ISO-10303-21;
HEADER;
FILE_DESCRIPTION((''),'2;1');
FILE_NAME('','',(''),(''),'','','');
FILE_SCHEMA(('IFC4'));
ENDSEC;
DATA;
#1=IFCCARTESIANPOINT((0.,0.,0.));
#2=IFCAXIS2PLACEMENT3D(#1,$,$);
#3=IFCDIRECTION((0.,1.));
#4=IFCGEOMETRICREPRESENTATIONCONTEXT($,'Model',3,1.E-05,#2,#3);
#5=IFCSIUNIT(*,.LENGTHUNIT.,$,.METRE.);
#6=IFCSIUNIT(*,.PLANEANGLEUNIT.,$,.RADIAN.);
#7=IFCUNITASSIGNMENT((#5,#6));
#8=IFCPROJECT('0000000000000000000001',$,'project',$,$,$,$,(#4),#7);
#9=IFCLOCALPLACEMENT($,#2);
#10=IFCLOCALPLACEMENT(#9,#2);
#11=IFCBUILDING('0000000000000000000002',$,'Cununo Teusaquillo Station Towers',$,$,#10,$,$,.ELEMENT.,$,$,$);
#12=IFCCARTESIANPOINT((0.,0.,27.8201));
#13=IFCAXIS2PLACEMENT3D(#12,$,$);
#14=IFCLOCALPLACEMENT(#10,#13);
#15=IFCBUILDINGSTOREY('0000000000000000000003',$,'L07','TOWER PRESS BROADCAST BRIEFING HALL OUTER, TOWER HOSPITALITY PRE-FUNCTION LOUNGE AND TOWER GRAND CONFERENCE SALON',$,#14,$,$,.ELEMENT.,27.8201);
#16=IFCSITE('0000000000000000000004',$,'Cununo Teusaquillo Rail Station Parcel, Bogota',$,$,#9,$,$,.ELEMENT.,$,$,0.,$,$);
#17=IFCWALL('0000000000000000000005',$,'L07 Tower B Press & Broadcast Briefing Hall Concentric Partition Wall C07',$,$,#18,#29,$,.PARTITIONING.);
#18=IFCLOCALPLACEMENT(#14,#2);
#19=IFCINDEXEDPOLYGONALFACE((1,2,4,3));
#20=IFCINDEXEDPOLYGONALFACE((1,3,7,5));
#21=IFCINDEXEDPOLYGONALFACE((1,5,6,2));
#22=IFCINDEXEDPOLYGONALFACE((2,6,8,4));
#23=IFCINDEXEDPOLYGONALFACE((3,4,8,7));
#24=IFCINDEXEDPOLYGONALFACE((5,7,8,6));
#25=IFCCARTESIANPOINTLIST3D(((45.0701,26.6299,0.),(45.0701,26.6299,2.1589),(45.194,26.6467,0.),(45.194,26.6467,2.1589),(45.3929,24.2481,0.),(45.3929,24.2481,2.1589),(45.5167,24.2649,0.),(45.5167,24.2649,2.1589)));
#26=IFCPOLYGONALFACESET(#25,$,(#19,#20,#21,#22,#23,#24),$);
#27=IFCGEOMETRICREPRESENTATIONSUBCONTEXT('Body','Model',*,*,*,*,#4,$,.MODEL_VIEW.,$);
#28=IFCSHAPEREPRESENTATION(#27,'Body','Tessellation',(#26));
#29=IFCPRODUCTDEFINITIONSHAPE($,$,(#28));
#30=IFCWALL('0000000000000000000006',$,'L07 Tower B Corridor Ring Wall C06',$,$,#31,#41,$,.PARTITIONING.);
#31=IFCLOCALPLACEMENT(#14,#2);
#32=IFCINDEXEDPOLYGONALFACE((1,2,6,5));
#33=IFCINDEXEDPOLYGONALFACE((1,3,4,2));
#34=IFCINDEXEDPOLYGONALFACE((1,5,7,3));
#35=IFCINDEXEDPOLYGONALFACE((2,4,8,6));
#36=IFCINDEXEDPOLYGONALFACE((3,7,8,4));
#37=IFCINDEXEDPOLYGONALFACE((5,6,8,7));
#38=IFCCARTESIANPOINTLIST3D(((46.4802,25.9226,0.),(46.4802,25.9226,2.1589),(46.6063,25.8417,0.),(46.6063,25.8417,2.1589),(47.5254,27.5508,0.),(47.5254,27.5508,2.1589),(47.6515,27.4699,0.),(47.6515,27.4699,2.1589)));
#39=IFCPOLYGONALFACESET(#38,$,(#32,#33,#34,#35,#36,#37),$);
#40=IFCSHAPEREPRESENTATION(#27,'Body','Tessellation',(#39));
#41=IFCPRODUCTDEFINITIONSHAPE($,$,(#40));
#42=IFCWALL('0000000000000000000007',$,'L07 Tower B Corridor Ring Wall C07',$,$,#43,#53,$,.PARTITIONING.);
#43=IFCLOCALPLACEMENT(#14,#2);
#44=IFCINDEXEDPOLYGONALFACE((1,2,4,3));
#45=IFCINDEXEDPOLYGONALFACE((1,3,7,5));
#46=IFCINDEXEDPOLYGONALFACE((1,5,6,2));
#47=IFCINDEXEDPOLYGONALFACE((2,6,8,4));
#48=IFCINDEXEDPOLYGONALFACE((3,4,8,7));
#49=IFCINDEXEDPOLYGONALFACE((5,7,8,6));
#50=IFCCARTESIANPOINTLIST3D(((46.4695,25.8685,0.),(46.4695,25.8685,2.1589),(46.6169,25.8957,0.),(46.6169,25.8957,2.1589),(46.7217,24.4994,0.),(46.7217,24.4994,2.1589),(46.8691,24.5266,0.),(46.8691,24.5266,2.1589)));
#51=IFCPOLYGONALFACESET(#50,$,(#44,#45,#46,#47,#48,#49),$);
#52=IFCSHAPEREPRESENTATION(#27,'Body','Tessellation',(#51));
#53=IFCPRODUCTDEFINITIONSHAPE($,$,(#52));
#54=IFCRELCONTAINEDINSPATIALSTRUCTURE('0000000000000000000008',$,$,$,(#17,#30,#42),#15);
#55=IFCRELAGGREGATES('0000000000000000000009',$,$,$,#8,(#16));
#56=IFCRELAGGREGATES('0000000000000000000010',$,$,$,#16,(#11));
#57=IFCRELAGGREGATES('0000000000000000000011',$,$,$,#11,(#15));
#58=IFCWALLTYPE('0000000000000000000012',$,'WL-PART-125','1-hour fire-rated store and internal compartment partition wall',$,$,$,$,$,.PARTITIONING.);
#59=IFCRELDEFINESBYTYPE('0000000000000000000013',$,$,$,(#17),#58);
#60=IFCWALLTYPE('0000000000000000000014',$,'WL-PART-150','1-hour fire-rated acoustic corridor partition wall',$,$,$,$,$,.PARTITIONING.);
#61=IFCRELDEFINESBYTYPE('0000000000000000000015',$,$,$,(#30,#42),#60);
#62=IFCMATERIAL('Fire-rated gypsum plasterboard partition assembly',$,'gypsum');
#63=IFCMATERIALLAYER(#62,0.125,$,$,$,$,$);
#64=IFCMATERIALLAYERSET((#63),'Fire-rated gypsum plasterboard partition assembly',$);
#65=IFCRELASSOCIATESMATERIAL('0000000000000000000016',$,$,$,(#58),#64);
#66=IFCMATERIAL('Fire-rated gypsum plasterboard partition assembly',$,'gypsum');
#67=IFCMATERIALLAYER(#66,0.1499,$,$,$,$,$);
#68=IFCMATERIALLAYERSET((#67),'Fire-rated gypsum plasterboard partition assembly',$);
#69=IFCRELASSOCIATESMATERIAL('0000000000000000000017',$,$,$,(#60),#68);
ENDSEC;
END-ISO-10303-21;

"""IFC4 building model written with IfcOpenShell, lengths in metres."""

from ifc_helpers import new_model, si_unit, direction, frame, frame_2d, origin, place, context, subcontext, project, spatial, rectangle, extrude, material, layer, layer_set, type_object, element, save


model = new_model("IFC4")

# Units and contexts
model_context = context("Model", 3, precision=1e-05, world=origin(), true_north=direction((0.0, 1.0)))
body_context = subcontext(model_context, "Body", "Model", "MODEL_VIEW")
ifc_project = project(units=[si_unit("LENGTHUNIT", "METRE"), si_unit("PLANEANGLEUNIT", "RADIAN")], contexts=[model_context])

# Site, building, storey
site_placement = place(None, origin())
site = spatial("IfcSite", under=ifc_project, at=site_placement, Name="Cununo Teusaquillo Rail Station Parcel, Bogota", CompositionType="ELEMENT", RefElevation=0.0)
building_placement = place(site_placement, origin())
building = spatial("IfcBuilding", under=site, at=building_placement, Name="Cununo Teusaquillo Station Towers", CompositionType="ELEMENT")
storey_placement = place(building_placement, frame((0.0, 0.0, 27.8201)))
storey = spatial("IfcBuildingStorey", under=building, at=storey_placement, Name="L07", Description="TOWER PRESS BROADCAST BRIEFING HALL OUTER, TOWER HOSPITALITY PRE-FUNCTION LOUNGE AND TOWER GRAND CONFERENCE SALON", CompositionType="ELEMENT", Elevation=27.8201)

# Shared definitions
ifc_material_1 = material(Name="Fire-rated gypsum plasterboard partition assembly", Category="gypsum")
ifc_layer_1 = layer(ifc_material_1, 0.125)
ifc_layer_set_1 = layer_set([ifc_layer_1], Name="Fire-rated gypsum plasterboard partition assembly")
wall_type_1 = type_object("IfcWallType", Name="WL-PART-125", Description="1-hour fire-rated store and internal compartment partition wall", PredefinedType="PARTITIONING", material=ifc_layer_set_1)

# Walls
wall_1_placement = place(storey_placement, frame((45.1321, 26.6382, 0.0), z_axis=(0.0, 0.0, 1.0), x_axis=(0.134279, -0.990944, 0.0)))
element("IfcWall", 1, at=wall_1_placement, inside=storey, type_object=wall_type_1, Name="L07 Tower B Press & Broadcast Briefing Hall Concentric Partition Wall C07", PredefinedType="PARTITIONING", context=body_context, shape_type="SweptSolid", body=[
    extrude(rectangle(XDim=2.4036, YDim=0.125, at=frame_2d((1.2017, 0.0))), origin(), (0.0, 0.0, 1.0), 2.1589),
])
ifc_material_2 = material(Name="Fire-rated gypsum plasterboard partition assembly", Category="gypsum")
ifc_layer_2 = layer(ifc_material_2, 0.1499)
ifc_layer_set_2 = layer_set([ifc_layer_2], Name="Fire-rated gypsum plasterboard partition assembly")
wall_type_2 = type_object("IfcWallType", Name="WL-PART-150", Description="1-hour fire-rated acoustic corridor partition wall", PredefinedType="PARTITIONING", material=ifc_layer_set_2)
wall_2_placement = place(storey_placement, frame((47.5884, 27.5103, 0.0), z_axis=(0.0, 0.0, 1.0), x_axis=(-0.540203, -0.841535, 0.0)))
element("IfcWall", 2, at=wall_2_placement, inside=storey, type_object=wall_type_2, Name="L07 Tower B Corridor Ring Wall C06", PredefinedType="PARTITIONING", context=body_context, shape_type="SweptSolid", body=[
    extrude(rectangle(XDim=1.9348, YDim=0.1499, at=frame_2d((0.9673, 0.0))), origin(), (0.0, 0.0, 1.0), 2.1589),
])
wall_3_placement = place(storey_placement, frame((46.5432, 25.8821, 0.0), z_axis=(0.0, 0.0, 1.0), x_axis=(0.181154, -0.983455, 0.0)))
element("IfcWall", 3, at=wall_3_placement, inside=storey, type_object=wall_type_2, Name="L07 Tower B Corridor Ring Wall C07", PredefinedType="PARTITIONING", context=body_context, shape_type="SweptSolid", body=[
    extrude(rectangle(XDim=1.3921, YDim=0.1499, at=frame_2d((0.696, 0.0))), origin(), (0.0, 0.0, 1.0), 2.1589),
])

save(model, "model.ifc")
